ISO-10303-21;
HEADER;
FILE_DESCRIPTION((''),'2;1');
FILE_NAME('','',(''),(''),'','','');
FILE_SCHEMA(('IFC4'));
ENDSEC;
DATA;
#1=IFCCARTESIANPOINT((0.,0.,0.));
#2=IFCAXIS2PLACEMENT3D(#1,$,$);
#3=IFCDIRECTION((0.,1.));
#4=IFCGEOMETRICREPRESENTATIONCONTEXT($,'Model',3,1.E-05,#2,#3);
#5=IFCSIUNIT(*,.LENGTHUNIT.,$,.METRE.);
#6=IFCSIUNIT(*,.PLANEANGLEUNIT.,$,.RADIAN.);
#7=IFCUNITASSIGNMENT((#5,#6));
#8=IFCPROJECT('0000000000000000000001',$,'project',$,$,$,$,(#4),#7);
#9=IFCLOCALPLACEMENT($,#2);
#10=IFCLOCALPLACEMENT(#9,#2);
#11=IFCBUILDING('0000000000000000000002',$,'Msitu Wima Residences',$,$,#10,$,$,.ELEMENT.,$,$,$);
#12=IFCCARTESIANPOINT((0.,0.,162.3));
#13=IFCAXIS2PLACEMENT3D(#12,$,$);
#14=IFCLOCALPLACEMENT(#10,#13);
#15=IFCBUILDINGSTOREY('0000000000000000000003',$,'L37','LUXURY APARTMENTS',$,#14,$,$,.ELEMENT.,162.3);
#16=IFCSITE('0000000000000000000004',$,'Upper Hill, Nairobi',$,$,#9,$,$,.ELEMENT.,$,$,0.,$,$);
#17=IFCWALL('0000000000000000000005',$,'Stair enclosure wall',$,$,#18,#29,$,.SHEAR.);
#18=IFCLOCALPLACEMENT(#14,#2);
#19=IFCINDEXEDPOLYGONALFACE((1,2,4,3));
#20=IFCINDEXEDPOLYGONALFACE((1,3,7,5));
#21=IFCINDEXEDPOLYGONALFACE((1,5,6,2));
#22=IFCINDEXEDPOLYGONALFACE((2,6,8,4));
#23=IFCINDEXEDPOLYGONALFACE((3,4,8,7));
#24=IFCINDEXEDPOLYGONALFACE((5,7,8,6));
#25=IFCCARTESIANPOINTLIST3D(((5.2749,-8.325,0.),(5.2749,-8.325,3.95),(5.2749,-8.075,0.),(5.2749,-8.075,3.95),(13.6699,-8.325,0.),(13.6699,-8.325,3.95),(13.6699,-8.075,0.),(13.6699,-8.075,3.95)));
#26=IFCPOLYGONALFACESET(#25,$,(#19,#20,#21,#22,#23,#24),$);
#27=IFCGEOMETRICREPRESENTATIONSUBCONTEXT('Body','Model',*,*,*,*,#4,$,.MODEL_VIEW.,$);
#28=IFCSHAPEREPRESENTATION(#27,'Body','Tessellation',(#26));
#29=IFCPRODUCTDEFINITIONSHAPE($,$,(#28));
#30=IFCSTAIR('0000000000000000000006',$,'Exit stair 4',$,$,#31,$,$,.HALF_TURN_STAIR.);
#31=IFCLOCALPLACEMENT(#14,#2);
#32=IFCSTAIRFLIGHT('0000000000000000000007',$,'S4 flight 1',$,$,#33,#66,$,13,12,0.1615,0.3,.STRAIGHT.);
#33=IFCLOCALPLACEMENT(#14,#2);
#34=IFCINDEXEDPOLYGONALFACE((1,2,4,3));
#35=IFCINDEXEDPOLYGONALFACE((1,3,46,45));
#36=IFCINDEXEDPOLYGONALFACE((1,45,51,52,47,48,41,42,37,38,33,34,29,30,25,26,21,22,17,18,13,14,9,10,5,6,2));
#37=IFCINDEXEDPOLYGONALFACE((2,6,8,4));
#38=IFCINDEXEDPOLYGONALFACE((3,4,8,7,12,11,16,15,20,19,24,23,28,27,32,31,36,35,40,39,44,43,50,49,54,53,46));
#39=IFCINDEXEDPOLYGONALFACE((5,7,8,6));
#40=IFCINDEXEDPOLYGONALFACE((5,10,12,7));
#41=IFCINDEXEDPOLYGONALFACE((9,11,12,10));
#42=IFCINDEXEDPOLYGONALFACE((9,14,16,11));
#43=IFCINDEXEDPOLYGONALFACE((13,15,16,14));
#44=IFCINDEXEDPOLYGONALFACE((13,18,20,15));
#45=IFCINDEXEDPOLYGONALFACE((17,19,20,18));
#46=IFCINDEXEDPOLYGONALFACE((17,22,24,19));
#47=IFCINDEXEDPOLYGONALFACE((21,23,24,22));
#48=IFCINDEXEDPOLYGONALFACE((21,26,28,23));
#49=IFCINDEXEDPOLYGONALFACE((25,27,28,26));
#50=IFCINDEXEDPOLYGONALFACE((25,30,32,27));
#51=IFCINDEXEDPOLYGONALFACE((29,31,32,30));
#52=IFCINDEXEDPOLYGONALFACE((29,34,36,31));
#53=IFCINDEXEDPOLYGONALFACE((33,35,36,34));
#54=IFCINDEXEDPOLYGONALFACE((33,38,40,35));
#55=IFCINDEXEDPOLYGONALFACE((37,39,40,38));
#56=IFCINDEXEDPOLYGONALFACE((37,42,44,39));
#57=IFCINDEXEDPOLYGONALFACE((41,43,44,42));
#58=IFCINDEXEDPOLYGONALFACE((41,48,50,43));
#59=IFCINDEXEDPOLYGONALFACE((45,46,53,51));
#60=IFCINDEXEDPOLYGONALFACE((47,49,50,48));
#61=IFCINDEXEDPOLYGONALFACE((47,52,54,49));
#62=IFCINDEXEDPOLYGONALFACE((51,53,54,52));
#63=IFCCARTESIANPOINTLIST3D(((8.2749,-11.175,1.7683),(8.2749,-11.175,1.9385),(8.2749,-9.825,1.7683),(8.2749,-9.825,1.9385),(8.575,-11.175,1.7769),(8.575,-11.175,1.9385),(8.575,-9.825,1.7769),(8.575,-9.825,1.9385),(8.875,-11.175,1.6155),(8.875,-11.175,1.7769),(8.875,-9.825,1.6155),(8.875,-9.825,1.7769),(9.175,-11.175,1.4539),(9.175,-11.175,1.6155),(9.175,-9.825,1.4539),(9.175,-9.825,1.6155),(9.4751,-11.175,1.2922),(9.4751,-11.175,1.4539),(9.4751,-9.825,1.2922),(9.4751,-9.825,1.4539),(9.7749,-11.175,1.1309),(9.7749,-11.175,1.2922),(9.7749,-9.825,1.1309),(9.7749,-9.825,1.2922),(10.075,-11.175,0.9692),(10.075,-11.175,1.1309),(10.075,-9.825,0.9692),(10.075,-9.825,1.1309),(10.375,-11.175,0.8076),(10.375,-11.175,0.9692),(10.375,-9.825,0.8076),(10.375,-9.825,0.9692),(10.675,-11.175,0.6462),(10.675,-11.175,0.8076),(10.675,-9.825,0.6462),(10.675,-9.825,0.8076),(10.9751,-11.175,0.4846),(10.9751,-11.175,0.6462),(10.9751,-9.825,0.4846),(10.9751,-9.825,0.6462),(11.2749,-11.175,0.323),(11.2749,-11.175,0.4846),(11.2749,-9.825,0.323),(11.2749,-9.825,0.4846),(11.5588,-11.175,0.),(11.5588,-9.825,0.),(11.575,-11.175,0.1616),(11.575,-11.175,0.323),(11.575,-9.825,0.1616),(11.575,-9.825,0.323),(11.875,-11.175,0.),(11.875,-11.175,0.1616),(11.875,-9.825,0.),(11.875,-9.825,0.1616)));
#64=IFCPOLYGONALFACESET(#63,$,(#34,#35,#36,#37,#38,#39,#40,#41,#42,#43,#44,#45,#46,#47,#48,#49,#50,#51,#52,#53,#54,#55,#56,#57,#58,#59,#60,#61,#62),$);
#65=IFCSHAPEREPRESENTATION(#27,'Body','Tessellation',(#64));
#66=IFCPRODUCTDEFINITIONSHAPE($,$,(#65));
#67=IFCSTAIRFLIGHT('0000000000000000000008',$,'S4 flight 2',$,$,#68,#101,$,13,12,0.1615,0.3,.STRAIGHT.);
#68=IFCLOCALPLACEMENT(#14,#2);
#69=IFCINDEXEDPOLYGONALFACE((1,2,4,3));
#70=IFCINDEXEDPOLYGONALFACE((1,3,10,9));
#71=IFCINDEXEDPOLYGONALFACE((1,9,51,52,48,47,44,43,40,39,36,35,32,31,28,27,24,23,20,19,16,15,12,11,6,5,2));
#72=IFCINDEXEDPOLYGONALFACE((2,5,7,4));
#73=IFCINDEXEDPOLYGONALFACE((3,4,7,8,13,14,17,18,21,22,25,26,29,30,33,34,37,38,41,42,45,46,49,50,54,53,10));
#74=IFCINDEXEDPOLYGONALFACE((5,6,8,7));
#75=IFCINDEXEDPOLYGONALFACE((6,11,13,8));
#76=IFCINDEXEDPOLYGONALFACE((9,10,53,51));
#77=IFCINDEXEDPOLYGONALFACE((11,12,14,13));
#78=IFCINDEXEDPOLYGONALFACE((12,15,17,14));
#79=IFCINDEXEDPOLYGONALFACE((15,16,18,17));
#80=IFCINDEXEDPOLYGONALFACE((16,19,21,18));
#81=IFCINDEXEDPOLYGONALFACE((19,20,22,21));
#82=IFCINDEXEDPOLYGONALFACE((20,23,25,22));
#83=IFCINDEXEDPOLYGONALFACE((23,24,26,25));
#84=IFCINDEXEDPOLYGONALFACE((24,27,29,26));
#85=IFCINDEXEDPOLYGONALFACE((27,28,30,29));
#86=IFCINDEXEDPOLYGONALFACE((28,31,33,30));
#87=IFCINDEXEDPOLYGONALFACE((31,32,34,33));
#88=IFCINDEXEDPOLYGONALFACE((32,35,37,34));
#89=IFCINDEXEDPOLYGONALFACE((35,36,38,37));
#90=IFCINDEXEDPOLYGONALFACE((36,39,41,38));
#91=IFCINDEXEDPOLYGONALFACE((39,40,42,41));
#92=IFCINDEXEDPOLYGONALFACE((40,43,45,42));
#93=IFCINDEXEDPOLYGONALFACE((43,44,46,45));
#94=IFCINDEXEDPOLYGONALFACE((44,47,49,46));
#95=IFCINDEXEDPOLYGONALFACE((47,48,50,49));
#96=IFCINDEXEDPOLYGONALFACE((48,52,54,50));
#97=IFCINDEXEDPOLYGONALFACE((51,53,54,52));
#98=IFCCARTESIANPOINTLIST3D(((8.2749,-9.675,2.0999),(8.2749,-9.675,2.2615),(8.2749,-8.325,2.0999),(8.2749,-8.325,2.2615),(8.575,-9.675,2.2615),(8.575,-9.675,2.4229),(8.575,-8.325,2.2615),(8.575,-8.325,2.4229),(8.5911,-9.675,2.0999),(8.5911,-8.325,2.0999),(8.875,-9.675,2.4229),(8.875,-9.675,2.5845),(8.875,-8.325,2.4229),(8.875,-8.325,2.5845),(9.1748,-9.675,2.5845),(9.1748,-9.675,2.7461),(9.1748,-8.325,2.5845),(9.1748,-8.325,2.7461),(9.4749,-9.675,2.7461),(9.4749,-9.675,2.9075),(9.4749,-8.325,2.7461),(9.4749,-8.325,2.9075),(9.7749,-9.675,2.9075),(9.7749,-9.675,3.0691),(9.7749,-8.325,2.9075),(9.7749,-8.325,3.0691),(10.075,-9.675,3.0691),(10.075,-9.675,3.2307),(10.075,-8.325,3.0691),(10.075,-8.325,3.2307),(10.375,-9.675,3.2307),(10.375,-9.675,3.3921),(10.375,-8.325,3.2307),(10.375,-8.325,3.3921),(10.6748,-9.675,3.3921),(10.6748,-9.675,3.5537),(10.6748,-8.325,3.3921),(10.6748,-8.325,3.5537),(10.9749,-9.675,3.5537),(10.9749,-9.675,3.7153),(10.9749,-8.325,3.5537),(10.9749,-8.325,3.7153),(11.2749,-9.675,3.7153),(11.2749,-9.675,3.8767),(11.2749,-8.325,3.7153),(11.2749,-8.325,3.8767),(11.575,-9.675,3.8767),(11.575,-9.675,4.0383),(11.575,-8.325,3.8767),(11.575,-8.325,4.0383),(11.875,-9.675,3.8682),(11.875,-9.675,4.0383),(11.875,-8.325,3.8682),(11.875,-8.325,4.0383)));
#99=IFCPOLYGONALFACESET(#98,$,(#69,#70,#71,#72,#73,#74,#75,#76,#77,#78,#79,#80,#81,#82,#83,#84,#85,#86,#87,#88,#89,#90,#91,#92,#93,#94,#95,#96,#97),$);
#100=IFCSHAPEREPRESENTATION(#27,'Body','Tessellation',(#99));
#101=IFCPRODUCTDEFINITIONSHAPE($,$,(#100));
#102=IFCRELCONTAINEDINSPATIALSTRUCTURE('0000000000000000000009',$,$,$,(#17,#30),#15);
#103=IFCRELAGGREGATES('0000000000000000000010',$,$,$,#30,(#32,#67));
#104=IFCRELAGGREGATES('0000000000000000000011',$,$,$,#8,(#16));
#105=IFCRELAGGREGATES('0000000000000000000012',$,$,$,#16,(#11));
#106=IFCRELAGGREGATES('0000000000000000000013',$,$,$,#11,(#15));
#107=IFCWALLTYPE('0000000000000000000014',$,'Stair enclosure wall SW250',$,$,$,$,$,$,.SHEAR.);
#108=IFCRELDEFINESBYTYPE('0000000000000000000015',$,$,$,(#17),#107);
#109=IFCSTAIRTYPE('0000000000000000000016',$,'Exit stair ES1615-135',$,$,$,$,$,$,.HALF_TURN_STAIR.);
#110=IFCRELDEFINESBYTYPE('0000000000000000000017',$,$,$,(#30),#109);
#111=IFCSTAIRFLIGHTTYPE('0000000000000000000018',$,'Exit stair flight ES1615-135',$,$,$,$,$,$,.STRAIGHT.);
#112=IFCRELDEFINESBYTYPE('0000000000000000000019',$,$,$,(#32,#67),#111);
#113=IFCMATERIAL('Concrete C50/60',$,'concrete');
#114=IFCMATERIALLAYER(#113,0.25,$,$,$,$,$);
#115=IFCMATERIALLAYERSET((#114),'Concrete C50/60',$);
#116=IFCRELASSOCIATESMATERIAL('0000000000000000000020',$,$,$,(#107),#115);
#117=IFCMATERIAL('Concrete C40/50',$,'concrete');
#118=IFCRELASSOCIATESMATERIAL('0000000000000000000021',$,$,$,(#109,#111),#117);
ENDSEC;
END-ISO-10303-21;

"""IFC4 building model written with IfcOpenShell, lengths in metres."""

from ifc_helpers import new_model, si_unit, direction, frame, frame_2d, origin, place, context, subcontext, project, spatial, polyline, rectangle, outline, extrude, material, layer, layer_set, type_object, element, aggregate, save


model = new_model("IFC4")

# Units and contexts
model_context = context("Model", 3, precision=1e-05, world=origin(), true_north=direction((0.0, 1.0)))
body_context = subcontext(model_context, "Body", "Model", "MODEL_VIEW")
ifc_project = project(units=[si_unit("LENGTHUNIT", "METRE"), si_unit("PLANEANGLEUNIT", "RADIAN")], contexts=[model_context])

# Site, building, storey
site_placement = place(None, origin())
site = spatial("IfcSite", under=ifc_project, at=site_placement, Name="Upper Hill, Nairobi", CompositionType="ELEMENT", RefElevation=0.0)
building_placement = place(site_placement, origin())
building = spatial("IfcBuilding", under=site, at=building_placement, Name="Msitu Wima Residences", CompositionType="ELEMENT")
storey_placement = place(building_placement, frame((0.0, 0.0, 162.3)))
storey = spatial("IfcBuildingStorey", under=building, at=storey_placement, Name="L37", Description="LUXURY APARTMENTS", CompositionType="ELEMENT", Elevation=162.3)

# Shared definitions
ifc_material_1 = material(Name="Concrete C40/50", Category="concrete")

# Wall
ifc_material_2 = material(Name="Concrete C50/60", Category="concrete")
ifc_layer_1 = layer(ifc_material_2, 0.25)
ifc_layer_set_1 = layer_set([ifc_layer_1], Name="Concrete C50/60")
wall_type_1 = type_object("IfcWallType", Name="Stair enclosure wall SW250", PredefinedType="SHEAR", material=ifc_layer_set_1)
wall_1_placement = place(storey_placement, frame((5.2749, -8.2, 0.0), z_axis=(0.0, 0.0, 1.0), x_axis=(1.0, 0.0, 0.0)))
element("IfcWall", 1, at=wall_1_placement, inside=storey, type_object=wall_type_1, Name="Stair enclosure wall", PredefinedType="SHEAR", context=body_context, shape_type="SweptSolid", body=[
    extrude(rectangle(XDim=8.395, YDim=0.25, at=frame_2d((4.1975, 0.0))), origin(), (0.0, 0.0, 1.0), 3.95),
])

# Stair, stair flights
stair_type = type_object("IfcStairType", Name="Exit stair ES1615-135", PredefinedType="HALF_TURN_STAIR", material=ifc_material_1)
stair_placement = place(storey_placement, origin())
stair = element("IfcStair", 2, at=stair_placement, inside=storey, type_object=stair_type, Name="Exit stair 4", PredefinedType="HALF_TURN_STAIR")
stair_flight_type = type_object("IfcStairFlightType", Name="Exit stair flight ES1615-135", PredefinedType="STRAIGHT", material=ifc_material_1)
stair_flight_1_placement = place(storey_placement, frame((11.875, -10.5, 0.0), z_axis=(0.0, 0.0, 1.0), x_axis=(-1.0, 0.0, 0.0)))
stair_flight_1 = element("IfcStairFlight", 3, at=stair_flight_1_placement, type_object=stair_flight_type, Name="S4 flight 1", NumberOfRisers=13, NumberOfTreads=12, PredefinedType="STRAIGHT", RiserHeight=0.1615, TreadLength=0.3, context=body_context, shape_type="SweptSolid", body=[
    extrude(outline(polyline([(0.0, 0.0), (0.0, 0.1616), (0.3, 0.1616), (0.3, 0.323), (0.6001, 0.323), (0.6001, 0.4846), (0.8999, 0.4846), (0.8999, 0.6462), (1.2, 0.6462), (1.2, 0.8076), (1.5, 0.8076), (1.5, 0.9692), (1.8, 0.9692), (1.8, 1.1309), (2.1001, 1.1309), (2.1001, 1.2922), (2.3999, 1.2922), (2.3999, 1.4539), (2.7, 1.4539), (2.7, 1.6155), (3.0, 1.6155), (3.0, 1.7769), (3.3, 1.7769), (3.3, 1.9385), (3.6001, 1.9385), (3.6001, 2.1001), (3.6001, 1.7683), (0.3162, 0.0), (0.0, 0.0)])), frame((0.0, 0.675, 0.0), z_axis=(0.0, -1.0, 0.0), x_axis=(1.0, 0.0, 0.0)), (0.0, 0.0, 1.0), 1.3501),
])
stair_flight_2_placement = place(storey_placement, frame((8.2749, -9.0, 2.0999), z_axis=(0.0, 0.0, 1.0), x_axis=(1.0, 0.0, 0.0)))
stair_flight_2 = element("IfcStairFlight", 4, at=stair_flight_2_placement, type_object=stair_flight_type, Name="S4 flight 2", NumberOfRisers=13, NumberOfTreads=12, PredefinedType="STRAIGHT", RiserHeight=0.1615, TreadLength=0.3, context=body_context, shape_type="SweptSolid", body=[
    extrude(outline(polyline([(0.0, 0.0), (0.0, 0.1616), (0.3, 0.1616), (0.3, 0.323), (0.6001, 0.323), (0.6001, 0.4846), (0.8999, 0.4846), (0.8999, 0.6462), (1.2, 0.6462), (1.2, 0.8076), (1.5, 0.8076), (1.5, 0.9692), (1.8, 0.9692), (1.8, 1.1309), (2.1001, 1.1309), (2.1001, 1.2922), (2.3999, 1.2922), (2.3999, 1.4539), (2.7, 1.4539), (2.7, 1.6155), (3.0, 1.6155), (3.0, 1.7769), (3.3, 1.7769), (3.3, 1.9385), (3.6001, 1.9385), (3.6001, 2.1001), (3.6001, 1.7683), (0.3162, 0.0), (0.0, 0.0)])), frame((0.0, 0.675, 0.0), z_axis=(0.0, -1.0, 0.0), x_axis=(1.0, 0.0, 0.0)), (0.0, 0.0, 1.0), 1.3501),
])
aggregate(stair, [stair_flight_1, stair_flight_2])

save(model, "model.ifc")
